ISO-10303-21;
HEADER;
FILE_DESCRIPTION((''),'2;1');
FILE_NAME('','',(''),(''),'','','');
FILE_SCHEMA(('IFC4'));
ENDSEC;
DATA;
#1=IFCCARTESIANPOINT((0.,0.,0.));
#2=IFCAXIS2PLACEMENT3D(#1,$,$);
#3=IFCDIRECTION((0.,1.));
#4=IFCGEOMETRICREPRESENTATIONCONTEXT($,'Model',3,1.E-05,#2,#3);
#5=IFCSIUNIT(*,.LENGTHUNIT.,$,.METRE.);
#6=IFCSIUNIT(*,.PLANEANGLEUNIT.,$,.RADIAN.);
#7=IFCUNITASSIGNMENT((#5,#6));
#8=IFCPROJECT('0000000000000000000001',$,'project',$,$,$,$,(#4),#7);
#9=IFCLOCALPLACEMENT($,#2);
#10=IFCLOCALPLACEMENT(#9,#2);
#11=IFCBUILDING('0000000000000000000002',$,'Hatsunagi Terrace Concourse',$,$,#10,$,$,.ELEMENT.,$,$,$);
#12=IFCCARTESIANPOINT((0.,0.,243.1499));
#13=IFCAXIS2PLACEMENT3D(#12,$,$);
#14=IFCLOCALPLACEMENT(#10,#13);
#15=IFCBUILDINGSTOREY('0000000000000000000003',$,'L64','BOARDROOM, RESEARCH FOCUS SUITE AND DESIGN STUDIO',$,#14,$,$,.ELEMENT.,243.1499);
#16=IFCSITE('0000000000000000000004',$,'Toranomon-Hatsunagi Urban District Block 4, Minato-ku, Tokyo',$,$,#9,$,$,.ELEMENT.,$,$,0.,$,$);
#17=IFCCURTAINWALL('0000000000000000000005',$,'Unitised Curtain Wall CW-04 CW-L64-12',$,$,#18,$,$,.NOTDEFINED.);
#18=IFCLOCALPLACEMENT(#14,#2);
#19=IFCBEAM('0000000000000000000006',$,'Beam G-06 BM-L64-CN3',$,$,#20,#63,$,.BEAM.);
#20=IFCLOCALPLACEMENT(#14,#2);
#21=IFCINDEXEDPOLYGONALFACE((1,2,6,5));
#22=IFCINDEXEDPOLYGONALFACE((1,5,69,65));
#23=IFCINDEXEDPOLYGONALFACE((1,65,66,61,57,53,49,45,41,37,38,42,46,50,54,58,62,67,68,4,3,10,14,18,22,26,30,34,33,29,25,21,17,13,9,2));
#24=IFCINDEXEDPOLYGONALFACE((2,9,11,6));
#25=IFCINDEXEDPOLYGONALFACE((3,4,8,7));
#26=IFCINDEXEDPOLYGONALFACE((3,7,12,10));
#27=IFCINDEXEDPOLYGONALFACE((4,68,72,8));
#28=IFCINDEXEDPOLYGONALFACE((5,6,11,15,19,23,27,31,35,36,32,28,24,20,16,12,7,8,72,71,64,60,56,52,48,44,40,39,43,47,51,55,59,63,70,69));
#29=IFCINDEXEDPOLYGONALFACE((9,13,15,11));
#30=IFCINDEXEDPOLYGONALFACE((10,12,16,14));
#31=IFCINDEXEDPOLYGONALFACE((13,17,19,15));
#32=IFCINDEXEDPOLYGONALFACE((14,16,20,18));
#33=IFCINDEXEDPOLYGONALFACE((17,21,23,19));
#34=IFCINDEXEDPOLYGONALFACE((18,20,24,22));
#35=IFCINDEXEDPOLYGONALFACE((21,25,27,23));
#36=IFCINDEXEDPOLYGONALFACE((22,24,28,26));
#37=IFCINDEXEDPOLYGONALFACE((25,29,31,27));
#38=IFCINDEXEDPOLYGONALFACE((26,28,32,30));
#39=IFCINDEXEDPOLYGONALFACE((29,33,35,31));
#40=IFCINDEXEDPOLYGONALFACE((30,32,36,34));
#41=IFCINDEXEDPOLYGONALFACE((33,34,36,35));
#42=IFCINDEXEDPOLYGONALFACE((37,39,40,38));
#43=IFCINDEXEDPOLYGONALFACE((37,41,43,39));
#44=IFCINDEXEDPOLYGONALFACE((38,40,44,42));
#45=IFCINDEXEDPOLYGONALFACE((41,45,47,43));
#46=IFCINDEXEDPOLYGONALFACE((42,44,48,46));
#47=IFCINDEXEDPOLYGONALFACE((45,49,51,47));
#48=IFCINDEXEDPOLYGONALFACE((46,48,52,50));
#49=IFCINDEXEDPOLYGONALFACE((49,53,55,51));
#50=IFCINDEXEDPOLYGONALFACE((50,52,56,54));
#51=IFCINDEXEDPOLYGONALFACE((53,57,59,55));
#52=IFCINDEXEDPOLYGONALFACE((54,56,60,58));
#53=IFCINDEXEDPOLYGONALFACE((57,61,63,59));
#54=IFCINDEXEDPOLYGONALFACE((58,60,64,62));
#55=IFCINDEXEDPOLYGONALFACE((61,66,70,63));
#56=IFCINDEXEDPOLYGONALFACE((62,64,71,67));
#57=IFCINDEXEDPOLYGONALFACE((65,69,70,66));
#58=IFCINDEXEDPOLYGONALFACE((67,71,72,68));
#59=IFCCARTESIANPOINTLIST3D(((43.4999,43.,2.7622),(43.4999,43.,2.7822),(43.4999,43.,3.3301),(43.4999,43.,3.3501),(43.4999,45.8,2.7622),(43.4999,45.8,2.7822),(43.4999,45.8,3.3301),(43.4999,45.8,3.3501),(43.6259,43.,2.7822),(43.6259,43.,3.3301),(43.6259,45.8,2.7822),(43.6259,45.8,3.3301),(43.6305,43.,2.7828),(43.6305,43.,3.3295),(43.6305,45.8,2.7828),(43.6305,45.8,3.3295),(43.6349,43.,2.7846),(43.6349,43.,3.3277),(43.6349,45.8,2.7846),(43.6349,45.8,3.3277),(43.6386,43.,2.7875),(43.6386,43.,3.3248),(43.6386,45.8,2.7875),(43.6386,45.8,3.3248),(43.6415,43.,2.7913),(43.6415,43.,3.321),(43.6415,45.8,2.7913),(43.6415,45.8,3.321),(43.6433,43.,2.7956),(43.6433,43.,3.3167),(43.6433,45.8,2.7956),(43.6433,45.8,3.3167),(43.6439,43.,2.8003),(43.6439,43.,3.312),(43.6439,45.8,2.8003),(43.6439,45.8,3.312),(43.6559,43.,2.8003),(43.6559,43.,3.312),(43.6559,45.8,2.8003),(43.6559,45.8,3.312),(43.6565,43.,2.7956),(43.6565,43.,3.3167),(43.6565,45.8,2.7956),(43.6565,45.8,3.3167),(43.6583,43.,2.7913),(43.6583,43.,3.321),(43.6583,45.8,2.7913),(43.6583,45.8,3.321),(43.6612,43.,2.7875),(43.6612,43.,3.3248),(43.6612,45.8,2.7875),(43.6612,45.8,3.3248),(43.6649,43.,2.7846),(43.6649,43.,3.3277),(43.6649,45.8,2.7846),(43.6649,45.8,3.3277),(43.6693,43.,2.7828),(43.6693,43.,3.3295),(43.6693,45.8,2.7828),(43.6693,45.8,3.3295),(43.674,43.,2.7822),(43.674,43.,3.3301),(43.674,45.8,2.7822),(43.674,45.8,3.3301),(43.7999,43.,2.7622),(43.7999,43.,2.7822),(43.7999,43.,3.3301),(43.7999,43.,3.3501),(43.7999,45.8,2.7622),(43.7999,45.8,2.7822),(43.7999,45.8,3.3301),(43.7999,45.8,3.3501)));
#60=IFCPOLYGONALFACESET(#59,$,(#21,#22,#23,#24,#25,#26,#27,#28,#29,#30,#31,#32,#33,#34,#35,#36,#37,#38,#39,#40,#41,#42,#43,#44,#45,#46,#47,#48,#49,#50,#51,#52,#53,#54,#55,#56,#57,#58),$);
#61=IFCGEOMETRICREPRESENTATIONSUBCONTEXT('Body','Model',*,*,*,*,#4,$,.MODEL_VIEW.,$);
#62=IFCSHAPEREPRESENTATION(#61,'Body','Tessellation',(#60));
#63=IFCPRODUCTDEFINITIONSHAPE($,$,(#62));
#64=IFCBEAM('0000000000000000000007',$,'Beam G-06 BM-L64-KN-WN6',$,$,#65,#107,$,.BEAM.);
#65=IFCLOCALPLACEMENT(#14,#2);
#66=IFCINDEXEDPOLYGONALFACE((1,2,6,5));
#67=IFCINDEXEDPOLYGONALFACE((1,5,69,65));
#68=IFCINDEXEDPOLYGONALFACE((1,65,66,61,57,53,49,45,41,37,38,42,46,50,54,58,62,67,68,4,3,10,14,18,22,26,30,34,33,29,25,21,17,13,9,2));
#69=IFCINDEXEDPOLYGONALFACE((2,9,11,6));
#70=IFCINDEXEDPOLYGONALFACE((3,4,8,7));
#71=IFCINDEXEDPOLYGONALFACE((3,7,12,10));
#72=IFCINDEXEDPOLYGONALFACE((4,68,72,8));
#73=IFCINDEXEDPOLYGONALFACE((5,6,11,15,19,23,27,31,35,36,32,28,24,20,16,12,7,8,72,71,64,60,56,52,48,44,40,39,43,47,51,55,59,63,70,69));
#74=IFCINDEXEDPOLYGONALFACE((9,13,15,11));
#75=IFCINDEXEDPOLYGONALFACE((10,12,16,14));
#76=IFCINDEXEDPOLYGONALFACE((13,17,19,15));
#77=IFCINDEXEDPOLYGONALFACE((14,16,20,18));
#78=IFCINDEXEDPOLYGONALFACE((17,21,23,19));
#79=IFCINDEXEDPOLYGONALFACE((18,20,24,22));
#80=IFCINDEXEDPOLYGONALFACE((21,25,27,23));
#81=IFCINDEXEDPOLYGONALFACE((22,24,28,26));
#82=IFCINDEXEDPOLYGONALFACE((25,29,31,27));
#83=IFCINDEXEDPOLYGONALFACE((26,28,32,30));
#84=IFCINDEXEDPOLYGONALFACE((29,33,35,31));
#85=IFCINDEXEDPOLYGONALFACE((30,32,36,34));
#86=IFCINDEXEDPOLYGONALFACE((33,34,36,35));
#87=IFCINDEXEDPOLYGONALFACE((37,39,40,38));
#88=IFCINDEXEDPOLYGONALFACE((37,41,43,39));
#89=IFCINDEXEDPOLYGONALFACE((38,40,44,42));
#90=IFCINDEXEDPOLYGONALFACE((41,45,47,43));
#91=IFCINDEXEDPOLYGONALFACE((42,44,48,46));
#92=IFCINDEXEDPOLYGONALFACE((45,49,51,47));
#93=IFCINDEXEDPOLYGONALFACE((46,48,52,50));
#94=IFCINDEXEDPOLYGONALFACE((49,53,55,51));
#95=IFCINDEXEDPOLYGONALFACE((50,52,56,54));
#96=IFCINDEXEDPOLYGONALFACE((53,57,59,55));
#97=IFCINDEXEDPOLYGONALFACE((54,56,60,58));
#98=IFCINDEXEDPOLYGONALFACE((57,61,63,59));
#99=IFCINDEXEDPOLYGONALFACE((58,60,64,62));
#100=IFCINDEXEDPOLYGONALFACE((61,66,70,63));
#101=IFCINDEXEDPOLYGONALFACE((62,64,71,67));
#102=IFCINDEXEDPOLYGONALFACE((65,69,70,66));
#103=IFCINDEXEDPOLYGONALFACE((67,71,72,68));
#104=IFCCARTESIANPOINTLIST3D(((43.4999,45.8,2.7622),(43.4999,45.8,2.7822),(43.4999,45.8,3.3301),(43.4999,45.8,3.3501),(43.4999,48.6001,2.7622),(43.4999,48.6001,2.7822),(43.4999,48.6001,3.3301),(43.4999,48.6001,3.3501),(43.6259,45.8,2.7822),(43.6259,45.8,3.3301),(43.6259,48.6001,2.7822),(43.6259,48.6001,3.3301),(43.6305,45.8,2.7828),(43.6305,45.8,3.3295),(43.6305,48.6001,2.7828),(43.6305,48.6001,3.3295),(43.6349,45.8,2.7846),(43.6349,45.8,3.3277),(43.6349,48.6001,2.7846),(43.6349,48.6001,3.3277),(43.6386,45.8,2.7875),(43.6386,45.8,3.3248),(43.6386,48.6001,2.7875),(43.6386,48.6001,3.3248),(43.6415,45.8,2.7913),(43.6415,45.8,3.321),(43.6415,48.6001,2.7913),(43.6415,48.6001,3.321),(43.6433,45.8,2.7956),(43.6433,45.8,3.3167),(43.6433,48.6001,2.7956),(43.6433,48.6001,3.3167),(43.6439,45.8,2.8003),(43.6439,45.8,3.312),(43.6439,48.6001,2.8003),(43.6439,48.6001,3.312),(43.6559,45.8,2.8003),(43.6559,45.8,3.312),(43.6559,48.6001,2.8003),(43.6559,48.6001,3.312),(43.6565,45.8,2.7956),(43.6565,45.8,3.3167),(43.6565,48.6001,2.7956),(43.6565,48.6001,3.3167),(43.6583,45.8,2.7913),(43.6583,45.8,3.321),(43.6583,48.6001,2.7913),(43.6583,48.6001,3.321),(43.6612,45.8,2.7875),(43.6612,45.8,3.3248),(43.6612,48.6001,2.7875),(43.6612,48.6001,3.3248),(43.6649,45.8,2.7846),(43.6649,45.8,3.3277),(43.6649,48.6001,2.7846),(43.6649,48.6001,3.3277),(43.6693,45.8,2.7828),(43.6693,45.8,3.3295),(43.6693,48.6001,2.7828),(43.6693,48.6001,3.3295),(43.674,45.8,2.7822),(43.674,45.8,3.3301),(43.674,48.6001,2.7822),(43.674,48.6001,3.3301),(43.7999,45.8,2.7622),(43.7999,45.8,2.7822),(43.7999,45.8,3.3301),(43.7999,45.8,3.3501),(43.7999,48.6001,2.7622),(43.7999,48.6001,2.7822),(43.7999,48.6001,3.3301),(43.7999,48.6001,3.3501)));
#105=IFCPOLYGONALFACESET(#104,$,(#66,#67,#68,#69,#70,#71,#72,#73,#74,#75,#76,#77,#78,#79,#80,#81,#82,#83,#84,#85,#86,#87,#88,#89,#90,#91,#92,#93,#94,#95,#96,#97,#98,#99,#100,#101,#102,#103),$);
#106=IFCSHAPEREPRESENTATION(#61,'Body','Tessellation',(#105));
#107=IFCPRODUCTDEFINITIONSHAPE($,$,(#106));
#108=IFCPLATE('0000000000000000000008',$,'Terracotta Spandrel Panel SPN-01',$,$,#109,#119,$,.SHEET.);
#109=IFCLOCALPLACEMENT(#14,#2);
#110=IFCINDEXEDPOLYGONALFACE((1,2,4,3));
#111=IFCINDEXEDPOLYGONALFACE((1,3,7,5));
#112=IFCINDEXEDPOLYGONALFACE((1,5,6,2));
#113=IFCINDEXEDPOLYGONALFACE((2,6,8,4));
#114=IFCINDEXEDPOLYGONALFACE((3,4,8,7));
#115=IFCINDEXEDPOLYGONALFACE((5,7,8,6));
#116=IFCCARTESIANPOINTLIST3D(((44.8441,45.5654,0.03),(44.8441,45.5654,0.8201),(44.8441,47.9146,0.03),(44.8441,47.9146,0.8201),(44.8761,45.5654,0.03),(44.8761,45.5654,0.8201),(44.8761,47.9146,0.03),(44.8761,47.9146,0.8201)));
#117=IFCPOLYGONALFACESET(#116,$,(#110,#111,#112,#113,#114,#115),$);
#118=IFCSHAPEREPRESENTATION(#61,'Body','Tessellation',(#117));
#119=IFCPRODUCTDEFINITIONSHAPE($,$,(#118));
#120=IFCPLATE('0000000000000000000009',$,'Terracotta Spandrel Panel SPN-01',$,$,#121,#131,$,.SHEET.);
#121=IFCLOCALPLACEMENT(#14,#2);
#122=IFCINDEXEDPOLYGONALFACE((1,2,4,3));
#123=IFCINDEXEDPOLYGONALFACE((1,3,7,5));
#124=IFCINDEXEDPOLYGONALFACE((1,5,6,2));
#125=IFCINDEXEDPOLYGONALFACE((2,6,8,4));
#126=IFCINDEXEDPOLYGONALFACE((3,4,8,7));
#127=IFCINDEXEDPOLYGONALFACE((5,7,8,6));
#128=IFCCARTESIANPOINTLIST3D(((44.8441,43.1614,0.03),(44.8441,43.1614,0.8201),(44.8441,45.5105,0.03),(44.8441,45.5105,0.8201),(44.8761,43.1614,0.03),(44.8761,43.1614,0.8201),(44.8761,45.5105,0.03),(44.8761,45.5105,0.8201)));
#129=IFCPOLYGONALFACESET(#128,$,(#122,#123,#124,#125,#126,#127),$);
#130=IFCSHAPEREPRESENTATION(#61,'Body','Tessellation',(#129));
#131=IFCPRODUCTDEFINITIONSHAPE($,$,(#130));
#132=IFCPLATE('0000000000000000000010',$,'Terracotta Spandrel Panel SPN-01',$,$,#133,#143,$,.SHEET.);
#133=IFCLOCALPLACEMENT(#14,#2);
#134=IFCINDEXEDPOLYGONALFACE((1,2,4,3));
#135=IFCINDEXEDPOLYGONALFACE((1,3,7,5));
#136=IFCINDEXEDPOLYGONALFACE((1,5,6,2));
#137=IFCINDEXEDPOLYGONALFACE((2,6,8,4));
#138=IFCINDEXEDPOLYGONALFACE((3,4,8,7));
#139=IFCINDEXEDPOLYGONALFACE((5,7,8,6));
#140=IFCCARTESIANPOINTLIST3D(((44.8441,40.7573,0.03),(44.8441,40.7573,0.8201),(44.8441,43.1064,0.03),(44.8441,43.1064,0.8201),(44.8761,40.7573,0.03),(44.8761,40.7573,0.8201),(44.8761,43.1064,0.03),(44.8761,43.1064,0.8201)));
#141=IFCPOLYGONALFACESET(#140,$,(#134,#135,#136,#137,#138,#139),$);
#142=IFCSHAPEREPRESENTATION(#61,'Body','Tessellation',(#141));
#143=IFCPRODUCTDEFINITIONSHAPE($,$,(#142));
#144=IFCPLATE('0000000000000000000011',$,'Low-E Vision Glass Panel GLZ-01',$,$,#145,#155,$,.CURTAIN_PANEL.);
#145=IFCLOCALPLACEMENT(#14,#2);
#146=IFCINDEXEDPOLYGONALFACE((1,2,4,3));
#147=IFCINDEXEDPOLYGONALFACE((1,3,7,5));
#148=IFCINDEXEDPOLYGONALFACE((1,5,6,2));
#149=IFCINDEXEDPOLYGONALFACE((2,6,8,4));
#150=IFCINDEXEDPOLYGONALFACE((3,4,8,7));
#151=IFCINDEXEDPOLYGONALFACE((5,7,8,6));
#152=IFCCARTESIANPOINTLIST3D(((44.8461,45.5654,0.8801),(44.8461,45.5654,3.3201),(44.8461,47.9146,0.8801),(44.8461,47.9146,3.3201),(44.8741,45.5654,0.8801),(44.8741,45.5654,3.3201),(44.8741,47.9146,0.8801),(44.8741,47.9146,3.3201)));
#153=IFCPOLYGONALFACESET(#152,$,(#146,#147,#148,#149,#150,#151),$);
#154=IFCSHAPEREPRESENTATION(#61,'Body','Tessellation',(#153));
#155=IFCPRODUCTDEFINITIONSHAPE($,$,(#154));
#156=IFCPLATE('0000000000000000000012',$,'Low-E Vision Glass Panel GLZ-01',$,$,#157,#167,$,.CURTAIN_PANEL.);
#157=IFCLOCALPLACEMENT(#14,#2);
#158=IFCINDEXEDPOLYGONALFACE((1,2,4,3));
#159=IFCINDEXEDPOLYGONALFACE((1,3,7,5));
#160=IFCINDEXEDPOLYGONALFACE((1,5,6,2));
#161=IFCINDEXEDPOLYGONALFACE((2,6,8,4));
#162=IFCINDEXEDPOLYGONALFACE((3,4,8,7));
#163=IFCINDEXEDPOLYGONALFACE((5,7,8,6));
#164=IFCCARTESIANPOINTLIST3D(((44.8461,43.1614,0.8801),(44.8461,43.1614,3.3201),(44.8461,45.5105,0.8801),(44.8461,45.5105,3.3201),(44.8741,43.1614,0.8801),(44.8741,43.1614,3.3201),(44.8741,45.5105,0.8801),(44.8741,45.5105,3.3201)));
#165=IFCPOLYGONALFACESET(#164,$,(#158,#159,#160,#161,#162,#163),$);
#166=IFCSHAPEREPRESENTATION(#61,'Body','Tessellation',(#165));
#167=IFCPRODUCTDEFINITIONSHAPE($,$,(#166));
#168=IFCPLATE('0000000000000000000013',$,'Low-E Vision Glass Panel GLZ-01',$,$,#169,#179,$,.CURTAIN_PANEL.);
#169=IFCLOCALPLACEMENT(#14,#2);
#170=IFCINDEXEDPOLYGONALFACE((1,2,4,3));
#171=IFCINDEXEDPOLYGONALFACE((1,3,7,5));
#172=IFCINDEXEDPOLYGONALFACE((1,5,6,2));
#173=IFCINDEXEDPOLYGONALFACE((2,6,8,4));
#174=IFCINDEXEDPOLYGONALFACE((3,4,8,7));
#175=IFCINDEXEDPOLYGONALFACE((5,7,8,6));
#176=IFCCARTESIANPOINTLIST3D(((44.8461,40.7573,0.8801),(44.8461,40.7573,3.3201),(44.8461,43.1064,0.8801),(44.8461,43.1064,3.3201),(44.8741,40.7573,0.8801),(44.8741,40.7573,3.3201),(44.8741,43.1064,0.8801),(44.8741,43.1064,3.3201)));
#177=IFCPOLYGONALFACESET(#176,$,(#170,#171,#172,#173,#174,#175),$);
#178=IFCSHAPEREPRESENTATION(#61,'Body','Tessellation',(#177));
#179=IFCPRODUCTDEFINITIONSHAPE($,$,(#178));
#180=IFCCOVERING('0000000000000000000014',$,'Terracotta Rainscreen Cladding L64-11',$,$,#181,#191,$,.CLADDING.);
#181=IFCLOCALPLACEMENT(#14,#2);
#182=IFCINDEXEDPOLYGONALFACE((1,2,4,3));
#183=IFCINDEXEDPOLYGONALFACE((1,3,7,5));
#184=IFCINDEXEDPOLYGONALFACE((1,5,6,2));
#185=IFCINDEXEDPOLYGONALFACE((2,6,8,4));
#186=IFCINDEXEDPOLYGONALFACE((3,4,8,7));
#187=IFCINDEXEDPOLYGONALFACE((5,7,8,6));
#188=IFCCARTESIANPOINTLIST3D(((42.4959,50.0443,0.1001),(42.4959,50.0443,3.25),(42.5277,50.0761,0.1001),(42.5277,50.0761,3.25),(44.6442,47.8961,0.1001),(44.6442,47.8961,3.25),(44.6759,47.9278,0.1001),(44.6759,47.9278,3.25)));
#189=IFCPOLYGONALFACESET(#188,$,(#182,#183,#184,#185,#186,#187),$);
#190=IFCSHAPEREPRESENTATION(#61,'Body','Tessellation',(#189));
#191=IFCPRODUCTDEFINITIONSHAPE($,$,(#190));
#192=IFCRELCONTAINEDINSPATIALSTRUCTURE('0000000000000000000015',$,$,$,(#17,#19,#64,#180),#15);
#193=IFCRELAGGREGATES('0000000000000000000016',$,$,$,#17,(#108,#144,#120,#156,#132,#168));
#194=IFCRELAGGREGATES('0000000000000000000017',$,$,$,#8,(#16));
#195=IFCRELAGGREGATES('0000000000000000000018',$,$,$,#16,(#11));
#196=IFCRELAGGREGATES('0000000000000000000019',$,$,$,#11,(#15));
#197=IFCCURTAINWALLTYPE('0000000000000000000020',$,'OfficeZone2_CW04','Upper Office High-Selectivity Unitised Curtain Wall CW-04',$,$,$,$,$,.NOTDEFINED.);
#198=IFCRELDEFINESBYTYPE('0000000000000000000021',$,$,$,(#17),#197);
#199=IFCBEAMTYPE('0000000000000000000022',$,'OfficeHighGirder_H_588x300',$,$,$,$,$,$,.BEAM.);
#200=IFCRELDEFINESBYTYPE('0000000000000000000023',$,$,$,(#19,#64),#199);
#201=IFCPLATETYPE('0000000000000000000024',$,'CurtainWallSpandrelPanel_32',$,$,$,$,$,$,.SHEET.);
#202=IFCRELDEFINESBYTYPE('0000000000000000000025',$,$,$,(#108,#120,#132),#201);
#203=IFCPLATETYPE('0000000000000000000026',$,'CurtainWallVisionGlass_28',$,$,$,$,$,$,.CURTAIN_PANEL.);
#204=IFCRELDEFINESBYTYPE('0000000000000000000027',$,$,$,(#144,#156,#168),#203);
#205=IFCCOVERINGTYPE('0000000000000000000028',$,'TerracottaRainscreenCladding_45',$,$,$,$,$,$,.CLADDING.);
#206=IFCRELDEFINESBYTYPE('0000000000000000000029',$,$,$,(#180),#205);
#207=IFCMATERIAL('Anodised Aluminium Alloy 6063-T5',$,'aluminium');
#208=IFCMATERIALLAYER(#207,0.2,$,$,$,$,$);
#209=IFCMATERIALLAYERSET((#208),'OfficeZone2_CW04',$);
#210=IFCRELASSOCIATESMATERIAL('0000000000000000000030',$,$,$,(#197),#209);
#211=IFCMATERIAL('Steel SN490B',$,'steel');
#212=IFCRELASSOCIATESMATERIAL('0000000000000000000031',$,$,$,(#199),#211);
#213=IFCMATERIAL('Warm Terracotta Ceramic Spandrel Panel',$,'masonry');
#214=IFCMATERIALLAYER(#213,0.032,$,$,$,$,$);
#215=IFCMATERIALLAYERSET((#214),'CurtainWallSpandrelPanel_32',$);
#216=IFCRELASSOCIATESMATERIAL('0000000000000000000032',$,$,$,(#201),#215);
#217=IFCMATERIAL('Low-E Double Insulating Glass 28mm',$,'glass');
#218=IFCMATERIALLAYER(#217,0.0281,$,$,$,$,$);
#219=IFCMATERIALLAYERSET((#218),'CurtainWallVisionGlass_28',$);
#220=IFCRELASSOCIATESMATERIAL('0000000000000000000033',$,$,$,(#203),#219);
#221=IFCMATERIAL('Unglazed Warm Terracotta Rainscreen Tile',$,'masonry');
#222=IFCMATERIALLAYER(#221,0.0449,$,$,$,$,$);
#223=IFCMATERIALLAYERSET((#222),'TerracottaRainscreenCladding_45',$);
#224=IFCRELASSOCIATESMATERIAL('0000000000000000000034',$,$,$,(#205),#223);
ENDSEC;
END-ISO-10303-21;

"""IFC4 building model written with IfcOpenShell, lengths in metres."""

from ifc_helpers import new_model, si_unit, direction, frame, origin, origin_2d, place, context, subcontext, project, spatial, rectangle, i_section, extrude, material, layer, layer_set, material_profile, profile_set, type_object, element, aggregate, save


model = new_model("IFC4")

# Units and contexts
model_context = context("Model", 3, precision=1e-05, world=origin(), true_north=direction((0.0, 1.0)))
body_context = subcontext(model_context, "Body", "Model", "MODEL_VIEW")
ifc_project = project(units=[si_unit("LENGTHUNIT", "METRE"), si_unit("PLANEANGLEUNIT", "RADIAN")], contexts=[model_context])

# Site, building, storey
site_placement = place(None, origin())
site = spatial("IfcSite", under=ifc_project, at=site_placement, Name="Toranomon-Hatsunagi Urban District Block 4, Minato-ku, Tokyo", CompositionType="ELEMENT", RefElevation=0.0)
building_placement = place(site_placement, origin())
building = spatial("IfcBuilding", under=site, at=building_placement, Name="Hatsunagi Terrace Concourse", CompositionType="ELEMENT")
storey_placement = place(building_placement, frame((0.0, 0.0, 243.1499)))
storey = spatial("IfcBuildingStorey", under=building, at=storey_placement, Name="L64", Description="BOARDROOM, RESEARCH FOCUS SUITE AND DESIGN STUDIO", CompositionType="ELEMENT", Elevation=243.1499)

# Curtain wall
ifc_material_1 = material(Name="Anodised Aluminium Alloy 6063-T5", Category="aluminium")
ifc_layer_1 = layer(ifc_material_1, 0.2)
ifc_layer_set_1 = layer_set([ifc_layer_1], Name="OfficeZone2_CW04")
curtain_wall_type = type_object("IfcCurtainWallType", Name="OfficeZone2_CW04", Description="Upper Office High-Selectivity Unitised Curtain Wall CW-04", PredefinedType="NOTDEFINED", material=ifc_layer_set_1)
curtain_wall_placement = place(storey_placement, origin())
curtain_wall = element("IfcCurtainWall", 1, at=curtain_wall_placement, inside=storey, type_object=curtain_wall_type, Name="Unitised Curtain Wall CW-04 CW-L64-12", PredefinedType="NOTDEFINED")

# Beams
ifc_material_2 = material(Name="Steel SN490B", Category="steel")
ifc_material_profile_1 = material_profile(ifc_material_2, i_section(OverallWidth=0.3, OverallDepth=0.5879, WebThickness=0.012, FlangeThickness=0.02, FilletRadius=0.0181, at=origin_2d()), Name="H-588x300x12x20")
ifc_profile_set_1 = profile_set([ifc_material_profile_1], Name="Steel SN490B")
beam_type = type_object("IfcBeamType", Name="OfficeHighGirder_H_588x300", PredefinedType="BEAM", material=ifc_profile_set_1)
for number, where, z_axis, x_axis, name in (
    (2, (43.6499, 43.0, 3.0562), (0.0, 1.0, 0.0), (-1.0, 0.0, 0.0), "Beam G-06 BM-L64-CN3"),
    (3, (43.6499, 45.8, 3.0562), (0.0, 1.0, 0.0), (-1.0, 0.0, 0.0), "Beam G-06 BM-L64-KN-WN6"),
):
    element("IfcBeam", number, at=place(storey_placement, frame(where, z_axis=z_axis, x_axis=x_axis)), inside=storey, type_object=beam_type, Name=name, PredefinedType="BEAM", context=body_context, shape_type="SweptSolid", body=[
        extrude(i_section(OverallWidth=0.3, OverallDepth=0.5879, WebThickness=0.012, FlangeThickness=0.02, FilletRadius=0.0181, at=origin_2d()), origin(), (0.0, 0.0, 1.0), 2.8),
    ])

# Plates
ifc_material_3 = material(Name="Warm Terracotta Ceramic Spandrel Panel", Category="masonry")
ifc_layer_2 = layer(ifc_material_3, 0.032)
ifc_layer_set_2 = layer_set([ifc_layer_2], Name="CurtainWallSpandrelPanel_32")
plate_type_1 = type_object("IfcPlateType", Name="CurtainWallSpandrelPanel_32", PredefinedType="SHEET", material=ifc_layer_set_2)
plate_1_placement = place(storey_placement, frame((44.8601, 46.74, 0.03), z_axis=(0.0, 0.0, 1.0), x_axis=(0.0, -1.0, 0.0)))
plate_1 = element("IfcPlate", 4, at=plate_1_placement, type_object=plate_type_1, Name="Terracotta Spandrel Panel SPN-01", PredefinedType="SHEET", context=body_context, shape_type="SweptSolid", body=[
    extrude(rectangle(XDim=2.3491, YDim=0.032, at=origin_2d()), origin(), (0.0, 0.0, 1.0), 0.79),
])
plate_2_placement = place(storey_placement, frame((44.8601, 44.3359, 0.03), z_axis=(0.0, 0.0, 1.0), x_axis=(0.0, -1.0, 0.0)))
plate_2 = element("IfcPlate", 5, at=plate_2_placement, type_object=plate_type_1, Name="Terracotta Spandrel Panel SPN-01", PredefinedType="SHEET", context=body_context, shape_type="SweptSolid", body=[
    extrude(rectangle(XDim=2.3491, YDim=0.032, at=origin_2d()), origin(), (0.0, 0.0, 1.0), 0.79),
])
plate_3_placement = place(storey_placement, frame((44.8601, 41.9319, 0.03), z_axis=(0.0, 0.0, 1.0), x_axis=(0.0, -1.0, 0.0)))
plate_3 = element("IfcPlate", 6, at=plate_3_placement, type_object=plate_type_1, Name="Terracotta Spandrel Panel SPN-01", PredefinedType="SHEET", context=body_context, shape_type="SweptSolid", body=[
    extrude(rectangle(XDim=2.3491, YDim=0.032, at=origin_2d()), origin(), (0.0, 0.0, 1.0), 0.79),
])
ifc_material_4 = material(Name="Low-E Double Insulating Glass 28mm", Category="glass")
ifc_layer_3 = layer(ifc_material_4, 0.0281)
ifc_layer_set_3 = layer_set([ifc_layer_3], Name="CurtainWallVisionGlass_28")
plate_type_2 = type_object("IfcPlateType", Name="CurtainWallVisionGlass_28", PredefinedType="CURTAIN_PANEL", material=ifc_layer_set_3)
plate_4_placement = place(storey_placement, frame((44.8601, 46.74, 0.8801), z_axis=(0.0, 0.0, 1.0), x_axis=(0.0, -1.0, 0.0)))
plate_4 = element("IfcPlate", 7, at=plate_4_placement, type_object=plate_type_2, Name="Low-E Vision Glass Panel GLZ-01", PredefinedType="CURTAIN_PANEL", context=body_context, shape_type="SweptSolid", body=[
    extrude(rectangle(XDim=2.3491, YDim=0.0281, at=origin_2d()), origin(), (0.0, 0.0, 1.0), 2.4399),
])
plate_5_placement = place(storey_placement, frame((44.8601, 44.3359, 0.8801), z_axis=(0.0, 0.0, 1.0), x_axis=(0.0, -1.0, 0.0)))
plate_5 = element("IfcPlate", 8, at=plate_5_placement, type_object=plate_type_2, Name="Low-E Vision Glass Panel GLZ-01", PredefinedType="CURTAIN_PANEL", context=body_context, shape_type="SweptSolid", body=[
    extrude(rectangle(XDim=2.3491, YDim=0.0281, at=origin_2d()), origin(), (0.0, 0.0, 1.0), 2.4399),
])
plate_6_placement = place(storey_placement, frame((44.8601, 41.9319, 0.8801), z_axis=(0.0, 0.0, 1.0), x_axis=(0.0, -1.0, 0.0)))
plate_6 = element("IfcPlate", 9, at=plate_6_placement, type_object=plate_type_2, Name="Low-E Vision Glass Panel GLZ-01", PredefinedType="CURTAIN_PANEL", context=body_context, shape_type="SweptSolid", body=[
    extrude(rectangle(XDim=2.3491, YDim=0.0281, at=origin_2d()), origin(), (0.0, 0.0, 1.0), 2.4399),
])
aggregate(curtain_wall, [plate_1, plate_4, plate_2, plate_5, plate_3, plate_6])

# Covering
ifc_material_5 = material(Name="Unglazed Warm Terracotta Rainscreen Tile", Category="masonry")
ifc_layer_4 = layer(ifc_material_5, 0.0449)
ifc_layer_set_4 = layer_set([ifc_layer_4], Name="TerracottaRainscreenCladding_45")
covering_type = type_object("IfcCoveringType", Name="TerracottaRainscreenCladding_45", PredefinedType="CLADDING", material=ifc_layer_set_4)
covering_placement = place(storey_placement, frame((43.5859, 48.9861, 0.1001), z_axis=(0.0, 0.0, 1.0), x_axis=(0.707107, -0.707107, 0.0)))
element("IfcCovering", 10, at=covering_placement, inside=storey, type_object=covering_type, Name="Terracotta Rainscreen Cladding L64-11", PredefinedType="CLADDING", context=body_context, shape_type="SweptSolid", body=[
    extrude(rectangle(XDim=3.0381, YDim=0.0449, at=origin_2d()), origin(), (0.0, 0.0, 1.0), 3.1499),
])

save(model, "model.ifc")
